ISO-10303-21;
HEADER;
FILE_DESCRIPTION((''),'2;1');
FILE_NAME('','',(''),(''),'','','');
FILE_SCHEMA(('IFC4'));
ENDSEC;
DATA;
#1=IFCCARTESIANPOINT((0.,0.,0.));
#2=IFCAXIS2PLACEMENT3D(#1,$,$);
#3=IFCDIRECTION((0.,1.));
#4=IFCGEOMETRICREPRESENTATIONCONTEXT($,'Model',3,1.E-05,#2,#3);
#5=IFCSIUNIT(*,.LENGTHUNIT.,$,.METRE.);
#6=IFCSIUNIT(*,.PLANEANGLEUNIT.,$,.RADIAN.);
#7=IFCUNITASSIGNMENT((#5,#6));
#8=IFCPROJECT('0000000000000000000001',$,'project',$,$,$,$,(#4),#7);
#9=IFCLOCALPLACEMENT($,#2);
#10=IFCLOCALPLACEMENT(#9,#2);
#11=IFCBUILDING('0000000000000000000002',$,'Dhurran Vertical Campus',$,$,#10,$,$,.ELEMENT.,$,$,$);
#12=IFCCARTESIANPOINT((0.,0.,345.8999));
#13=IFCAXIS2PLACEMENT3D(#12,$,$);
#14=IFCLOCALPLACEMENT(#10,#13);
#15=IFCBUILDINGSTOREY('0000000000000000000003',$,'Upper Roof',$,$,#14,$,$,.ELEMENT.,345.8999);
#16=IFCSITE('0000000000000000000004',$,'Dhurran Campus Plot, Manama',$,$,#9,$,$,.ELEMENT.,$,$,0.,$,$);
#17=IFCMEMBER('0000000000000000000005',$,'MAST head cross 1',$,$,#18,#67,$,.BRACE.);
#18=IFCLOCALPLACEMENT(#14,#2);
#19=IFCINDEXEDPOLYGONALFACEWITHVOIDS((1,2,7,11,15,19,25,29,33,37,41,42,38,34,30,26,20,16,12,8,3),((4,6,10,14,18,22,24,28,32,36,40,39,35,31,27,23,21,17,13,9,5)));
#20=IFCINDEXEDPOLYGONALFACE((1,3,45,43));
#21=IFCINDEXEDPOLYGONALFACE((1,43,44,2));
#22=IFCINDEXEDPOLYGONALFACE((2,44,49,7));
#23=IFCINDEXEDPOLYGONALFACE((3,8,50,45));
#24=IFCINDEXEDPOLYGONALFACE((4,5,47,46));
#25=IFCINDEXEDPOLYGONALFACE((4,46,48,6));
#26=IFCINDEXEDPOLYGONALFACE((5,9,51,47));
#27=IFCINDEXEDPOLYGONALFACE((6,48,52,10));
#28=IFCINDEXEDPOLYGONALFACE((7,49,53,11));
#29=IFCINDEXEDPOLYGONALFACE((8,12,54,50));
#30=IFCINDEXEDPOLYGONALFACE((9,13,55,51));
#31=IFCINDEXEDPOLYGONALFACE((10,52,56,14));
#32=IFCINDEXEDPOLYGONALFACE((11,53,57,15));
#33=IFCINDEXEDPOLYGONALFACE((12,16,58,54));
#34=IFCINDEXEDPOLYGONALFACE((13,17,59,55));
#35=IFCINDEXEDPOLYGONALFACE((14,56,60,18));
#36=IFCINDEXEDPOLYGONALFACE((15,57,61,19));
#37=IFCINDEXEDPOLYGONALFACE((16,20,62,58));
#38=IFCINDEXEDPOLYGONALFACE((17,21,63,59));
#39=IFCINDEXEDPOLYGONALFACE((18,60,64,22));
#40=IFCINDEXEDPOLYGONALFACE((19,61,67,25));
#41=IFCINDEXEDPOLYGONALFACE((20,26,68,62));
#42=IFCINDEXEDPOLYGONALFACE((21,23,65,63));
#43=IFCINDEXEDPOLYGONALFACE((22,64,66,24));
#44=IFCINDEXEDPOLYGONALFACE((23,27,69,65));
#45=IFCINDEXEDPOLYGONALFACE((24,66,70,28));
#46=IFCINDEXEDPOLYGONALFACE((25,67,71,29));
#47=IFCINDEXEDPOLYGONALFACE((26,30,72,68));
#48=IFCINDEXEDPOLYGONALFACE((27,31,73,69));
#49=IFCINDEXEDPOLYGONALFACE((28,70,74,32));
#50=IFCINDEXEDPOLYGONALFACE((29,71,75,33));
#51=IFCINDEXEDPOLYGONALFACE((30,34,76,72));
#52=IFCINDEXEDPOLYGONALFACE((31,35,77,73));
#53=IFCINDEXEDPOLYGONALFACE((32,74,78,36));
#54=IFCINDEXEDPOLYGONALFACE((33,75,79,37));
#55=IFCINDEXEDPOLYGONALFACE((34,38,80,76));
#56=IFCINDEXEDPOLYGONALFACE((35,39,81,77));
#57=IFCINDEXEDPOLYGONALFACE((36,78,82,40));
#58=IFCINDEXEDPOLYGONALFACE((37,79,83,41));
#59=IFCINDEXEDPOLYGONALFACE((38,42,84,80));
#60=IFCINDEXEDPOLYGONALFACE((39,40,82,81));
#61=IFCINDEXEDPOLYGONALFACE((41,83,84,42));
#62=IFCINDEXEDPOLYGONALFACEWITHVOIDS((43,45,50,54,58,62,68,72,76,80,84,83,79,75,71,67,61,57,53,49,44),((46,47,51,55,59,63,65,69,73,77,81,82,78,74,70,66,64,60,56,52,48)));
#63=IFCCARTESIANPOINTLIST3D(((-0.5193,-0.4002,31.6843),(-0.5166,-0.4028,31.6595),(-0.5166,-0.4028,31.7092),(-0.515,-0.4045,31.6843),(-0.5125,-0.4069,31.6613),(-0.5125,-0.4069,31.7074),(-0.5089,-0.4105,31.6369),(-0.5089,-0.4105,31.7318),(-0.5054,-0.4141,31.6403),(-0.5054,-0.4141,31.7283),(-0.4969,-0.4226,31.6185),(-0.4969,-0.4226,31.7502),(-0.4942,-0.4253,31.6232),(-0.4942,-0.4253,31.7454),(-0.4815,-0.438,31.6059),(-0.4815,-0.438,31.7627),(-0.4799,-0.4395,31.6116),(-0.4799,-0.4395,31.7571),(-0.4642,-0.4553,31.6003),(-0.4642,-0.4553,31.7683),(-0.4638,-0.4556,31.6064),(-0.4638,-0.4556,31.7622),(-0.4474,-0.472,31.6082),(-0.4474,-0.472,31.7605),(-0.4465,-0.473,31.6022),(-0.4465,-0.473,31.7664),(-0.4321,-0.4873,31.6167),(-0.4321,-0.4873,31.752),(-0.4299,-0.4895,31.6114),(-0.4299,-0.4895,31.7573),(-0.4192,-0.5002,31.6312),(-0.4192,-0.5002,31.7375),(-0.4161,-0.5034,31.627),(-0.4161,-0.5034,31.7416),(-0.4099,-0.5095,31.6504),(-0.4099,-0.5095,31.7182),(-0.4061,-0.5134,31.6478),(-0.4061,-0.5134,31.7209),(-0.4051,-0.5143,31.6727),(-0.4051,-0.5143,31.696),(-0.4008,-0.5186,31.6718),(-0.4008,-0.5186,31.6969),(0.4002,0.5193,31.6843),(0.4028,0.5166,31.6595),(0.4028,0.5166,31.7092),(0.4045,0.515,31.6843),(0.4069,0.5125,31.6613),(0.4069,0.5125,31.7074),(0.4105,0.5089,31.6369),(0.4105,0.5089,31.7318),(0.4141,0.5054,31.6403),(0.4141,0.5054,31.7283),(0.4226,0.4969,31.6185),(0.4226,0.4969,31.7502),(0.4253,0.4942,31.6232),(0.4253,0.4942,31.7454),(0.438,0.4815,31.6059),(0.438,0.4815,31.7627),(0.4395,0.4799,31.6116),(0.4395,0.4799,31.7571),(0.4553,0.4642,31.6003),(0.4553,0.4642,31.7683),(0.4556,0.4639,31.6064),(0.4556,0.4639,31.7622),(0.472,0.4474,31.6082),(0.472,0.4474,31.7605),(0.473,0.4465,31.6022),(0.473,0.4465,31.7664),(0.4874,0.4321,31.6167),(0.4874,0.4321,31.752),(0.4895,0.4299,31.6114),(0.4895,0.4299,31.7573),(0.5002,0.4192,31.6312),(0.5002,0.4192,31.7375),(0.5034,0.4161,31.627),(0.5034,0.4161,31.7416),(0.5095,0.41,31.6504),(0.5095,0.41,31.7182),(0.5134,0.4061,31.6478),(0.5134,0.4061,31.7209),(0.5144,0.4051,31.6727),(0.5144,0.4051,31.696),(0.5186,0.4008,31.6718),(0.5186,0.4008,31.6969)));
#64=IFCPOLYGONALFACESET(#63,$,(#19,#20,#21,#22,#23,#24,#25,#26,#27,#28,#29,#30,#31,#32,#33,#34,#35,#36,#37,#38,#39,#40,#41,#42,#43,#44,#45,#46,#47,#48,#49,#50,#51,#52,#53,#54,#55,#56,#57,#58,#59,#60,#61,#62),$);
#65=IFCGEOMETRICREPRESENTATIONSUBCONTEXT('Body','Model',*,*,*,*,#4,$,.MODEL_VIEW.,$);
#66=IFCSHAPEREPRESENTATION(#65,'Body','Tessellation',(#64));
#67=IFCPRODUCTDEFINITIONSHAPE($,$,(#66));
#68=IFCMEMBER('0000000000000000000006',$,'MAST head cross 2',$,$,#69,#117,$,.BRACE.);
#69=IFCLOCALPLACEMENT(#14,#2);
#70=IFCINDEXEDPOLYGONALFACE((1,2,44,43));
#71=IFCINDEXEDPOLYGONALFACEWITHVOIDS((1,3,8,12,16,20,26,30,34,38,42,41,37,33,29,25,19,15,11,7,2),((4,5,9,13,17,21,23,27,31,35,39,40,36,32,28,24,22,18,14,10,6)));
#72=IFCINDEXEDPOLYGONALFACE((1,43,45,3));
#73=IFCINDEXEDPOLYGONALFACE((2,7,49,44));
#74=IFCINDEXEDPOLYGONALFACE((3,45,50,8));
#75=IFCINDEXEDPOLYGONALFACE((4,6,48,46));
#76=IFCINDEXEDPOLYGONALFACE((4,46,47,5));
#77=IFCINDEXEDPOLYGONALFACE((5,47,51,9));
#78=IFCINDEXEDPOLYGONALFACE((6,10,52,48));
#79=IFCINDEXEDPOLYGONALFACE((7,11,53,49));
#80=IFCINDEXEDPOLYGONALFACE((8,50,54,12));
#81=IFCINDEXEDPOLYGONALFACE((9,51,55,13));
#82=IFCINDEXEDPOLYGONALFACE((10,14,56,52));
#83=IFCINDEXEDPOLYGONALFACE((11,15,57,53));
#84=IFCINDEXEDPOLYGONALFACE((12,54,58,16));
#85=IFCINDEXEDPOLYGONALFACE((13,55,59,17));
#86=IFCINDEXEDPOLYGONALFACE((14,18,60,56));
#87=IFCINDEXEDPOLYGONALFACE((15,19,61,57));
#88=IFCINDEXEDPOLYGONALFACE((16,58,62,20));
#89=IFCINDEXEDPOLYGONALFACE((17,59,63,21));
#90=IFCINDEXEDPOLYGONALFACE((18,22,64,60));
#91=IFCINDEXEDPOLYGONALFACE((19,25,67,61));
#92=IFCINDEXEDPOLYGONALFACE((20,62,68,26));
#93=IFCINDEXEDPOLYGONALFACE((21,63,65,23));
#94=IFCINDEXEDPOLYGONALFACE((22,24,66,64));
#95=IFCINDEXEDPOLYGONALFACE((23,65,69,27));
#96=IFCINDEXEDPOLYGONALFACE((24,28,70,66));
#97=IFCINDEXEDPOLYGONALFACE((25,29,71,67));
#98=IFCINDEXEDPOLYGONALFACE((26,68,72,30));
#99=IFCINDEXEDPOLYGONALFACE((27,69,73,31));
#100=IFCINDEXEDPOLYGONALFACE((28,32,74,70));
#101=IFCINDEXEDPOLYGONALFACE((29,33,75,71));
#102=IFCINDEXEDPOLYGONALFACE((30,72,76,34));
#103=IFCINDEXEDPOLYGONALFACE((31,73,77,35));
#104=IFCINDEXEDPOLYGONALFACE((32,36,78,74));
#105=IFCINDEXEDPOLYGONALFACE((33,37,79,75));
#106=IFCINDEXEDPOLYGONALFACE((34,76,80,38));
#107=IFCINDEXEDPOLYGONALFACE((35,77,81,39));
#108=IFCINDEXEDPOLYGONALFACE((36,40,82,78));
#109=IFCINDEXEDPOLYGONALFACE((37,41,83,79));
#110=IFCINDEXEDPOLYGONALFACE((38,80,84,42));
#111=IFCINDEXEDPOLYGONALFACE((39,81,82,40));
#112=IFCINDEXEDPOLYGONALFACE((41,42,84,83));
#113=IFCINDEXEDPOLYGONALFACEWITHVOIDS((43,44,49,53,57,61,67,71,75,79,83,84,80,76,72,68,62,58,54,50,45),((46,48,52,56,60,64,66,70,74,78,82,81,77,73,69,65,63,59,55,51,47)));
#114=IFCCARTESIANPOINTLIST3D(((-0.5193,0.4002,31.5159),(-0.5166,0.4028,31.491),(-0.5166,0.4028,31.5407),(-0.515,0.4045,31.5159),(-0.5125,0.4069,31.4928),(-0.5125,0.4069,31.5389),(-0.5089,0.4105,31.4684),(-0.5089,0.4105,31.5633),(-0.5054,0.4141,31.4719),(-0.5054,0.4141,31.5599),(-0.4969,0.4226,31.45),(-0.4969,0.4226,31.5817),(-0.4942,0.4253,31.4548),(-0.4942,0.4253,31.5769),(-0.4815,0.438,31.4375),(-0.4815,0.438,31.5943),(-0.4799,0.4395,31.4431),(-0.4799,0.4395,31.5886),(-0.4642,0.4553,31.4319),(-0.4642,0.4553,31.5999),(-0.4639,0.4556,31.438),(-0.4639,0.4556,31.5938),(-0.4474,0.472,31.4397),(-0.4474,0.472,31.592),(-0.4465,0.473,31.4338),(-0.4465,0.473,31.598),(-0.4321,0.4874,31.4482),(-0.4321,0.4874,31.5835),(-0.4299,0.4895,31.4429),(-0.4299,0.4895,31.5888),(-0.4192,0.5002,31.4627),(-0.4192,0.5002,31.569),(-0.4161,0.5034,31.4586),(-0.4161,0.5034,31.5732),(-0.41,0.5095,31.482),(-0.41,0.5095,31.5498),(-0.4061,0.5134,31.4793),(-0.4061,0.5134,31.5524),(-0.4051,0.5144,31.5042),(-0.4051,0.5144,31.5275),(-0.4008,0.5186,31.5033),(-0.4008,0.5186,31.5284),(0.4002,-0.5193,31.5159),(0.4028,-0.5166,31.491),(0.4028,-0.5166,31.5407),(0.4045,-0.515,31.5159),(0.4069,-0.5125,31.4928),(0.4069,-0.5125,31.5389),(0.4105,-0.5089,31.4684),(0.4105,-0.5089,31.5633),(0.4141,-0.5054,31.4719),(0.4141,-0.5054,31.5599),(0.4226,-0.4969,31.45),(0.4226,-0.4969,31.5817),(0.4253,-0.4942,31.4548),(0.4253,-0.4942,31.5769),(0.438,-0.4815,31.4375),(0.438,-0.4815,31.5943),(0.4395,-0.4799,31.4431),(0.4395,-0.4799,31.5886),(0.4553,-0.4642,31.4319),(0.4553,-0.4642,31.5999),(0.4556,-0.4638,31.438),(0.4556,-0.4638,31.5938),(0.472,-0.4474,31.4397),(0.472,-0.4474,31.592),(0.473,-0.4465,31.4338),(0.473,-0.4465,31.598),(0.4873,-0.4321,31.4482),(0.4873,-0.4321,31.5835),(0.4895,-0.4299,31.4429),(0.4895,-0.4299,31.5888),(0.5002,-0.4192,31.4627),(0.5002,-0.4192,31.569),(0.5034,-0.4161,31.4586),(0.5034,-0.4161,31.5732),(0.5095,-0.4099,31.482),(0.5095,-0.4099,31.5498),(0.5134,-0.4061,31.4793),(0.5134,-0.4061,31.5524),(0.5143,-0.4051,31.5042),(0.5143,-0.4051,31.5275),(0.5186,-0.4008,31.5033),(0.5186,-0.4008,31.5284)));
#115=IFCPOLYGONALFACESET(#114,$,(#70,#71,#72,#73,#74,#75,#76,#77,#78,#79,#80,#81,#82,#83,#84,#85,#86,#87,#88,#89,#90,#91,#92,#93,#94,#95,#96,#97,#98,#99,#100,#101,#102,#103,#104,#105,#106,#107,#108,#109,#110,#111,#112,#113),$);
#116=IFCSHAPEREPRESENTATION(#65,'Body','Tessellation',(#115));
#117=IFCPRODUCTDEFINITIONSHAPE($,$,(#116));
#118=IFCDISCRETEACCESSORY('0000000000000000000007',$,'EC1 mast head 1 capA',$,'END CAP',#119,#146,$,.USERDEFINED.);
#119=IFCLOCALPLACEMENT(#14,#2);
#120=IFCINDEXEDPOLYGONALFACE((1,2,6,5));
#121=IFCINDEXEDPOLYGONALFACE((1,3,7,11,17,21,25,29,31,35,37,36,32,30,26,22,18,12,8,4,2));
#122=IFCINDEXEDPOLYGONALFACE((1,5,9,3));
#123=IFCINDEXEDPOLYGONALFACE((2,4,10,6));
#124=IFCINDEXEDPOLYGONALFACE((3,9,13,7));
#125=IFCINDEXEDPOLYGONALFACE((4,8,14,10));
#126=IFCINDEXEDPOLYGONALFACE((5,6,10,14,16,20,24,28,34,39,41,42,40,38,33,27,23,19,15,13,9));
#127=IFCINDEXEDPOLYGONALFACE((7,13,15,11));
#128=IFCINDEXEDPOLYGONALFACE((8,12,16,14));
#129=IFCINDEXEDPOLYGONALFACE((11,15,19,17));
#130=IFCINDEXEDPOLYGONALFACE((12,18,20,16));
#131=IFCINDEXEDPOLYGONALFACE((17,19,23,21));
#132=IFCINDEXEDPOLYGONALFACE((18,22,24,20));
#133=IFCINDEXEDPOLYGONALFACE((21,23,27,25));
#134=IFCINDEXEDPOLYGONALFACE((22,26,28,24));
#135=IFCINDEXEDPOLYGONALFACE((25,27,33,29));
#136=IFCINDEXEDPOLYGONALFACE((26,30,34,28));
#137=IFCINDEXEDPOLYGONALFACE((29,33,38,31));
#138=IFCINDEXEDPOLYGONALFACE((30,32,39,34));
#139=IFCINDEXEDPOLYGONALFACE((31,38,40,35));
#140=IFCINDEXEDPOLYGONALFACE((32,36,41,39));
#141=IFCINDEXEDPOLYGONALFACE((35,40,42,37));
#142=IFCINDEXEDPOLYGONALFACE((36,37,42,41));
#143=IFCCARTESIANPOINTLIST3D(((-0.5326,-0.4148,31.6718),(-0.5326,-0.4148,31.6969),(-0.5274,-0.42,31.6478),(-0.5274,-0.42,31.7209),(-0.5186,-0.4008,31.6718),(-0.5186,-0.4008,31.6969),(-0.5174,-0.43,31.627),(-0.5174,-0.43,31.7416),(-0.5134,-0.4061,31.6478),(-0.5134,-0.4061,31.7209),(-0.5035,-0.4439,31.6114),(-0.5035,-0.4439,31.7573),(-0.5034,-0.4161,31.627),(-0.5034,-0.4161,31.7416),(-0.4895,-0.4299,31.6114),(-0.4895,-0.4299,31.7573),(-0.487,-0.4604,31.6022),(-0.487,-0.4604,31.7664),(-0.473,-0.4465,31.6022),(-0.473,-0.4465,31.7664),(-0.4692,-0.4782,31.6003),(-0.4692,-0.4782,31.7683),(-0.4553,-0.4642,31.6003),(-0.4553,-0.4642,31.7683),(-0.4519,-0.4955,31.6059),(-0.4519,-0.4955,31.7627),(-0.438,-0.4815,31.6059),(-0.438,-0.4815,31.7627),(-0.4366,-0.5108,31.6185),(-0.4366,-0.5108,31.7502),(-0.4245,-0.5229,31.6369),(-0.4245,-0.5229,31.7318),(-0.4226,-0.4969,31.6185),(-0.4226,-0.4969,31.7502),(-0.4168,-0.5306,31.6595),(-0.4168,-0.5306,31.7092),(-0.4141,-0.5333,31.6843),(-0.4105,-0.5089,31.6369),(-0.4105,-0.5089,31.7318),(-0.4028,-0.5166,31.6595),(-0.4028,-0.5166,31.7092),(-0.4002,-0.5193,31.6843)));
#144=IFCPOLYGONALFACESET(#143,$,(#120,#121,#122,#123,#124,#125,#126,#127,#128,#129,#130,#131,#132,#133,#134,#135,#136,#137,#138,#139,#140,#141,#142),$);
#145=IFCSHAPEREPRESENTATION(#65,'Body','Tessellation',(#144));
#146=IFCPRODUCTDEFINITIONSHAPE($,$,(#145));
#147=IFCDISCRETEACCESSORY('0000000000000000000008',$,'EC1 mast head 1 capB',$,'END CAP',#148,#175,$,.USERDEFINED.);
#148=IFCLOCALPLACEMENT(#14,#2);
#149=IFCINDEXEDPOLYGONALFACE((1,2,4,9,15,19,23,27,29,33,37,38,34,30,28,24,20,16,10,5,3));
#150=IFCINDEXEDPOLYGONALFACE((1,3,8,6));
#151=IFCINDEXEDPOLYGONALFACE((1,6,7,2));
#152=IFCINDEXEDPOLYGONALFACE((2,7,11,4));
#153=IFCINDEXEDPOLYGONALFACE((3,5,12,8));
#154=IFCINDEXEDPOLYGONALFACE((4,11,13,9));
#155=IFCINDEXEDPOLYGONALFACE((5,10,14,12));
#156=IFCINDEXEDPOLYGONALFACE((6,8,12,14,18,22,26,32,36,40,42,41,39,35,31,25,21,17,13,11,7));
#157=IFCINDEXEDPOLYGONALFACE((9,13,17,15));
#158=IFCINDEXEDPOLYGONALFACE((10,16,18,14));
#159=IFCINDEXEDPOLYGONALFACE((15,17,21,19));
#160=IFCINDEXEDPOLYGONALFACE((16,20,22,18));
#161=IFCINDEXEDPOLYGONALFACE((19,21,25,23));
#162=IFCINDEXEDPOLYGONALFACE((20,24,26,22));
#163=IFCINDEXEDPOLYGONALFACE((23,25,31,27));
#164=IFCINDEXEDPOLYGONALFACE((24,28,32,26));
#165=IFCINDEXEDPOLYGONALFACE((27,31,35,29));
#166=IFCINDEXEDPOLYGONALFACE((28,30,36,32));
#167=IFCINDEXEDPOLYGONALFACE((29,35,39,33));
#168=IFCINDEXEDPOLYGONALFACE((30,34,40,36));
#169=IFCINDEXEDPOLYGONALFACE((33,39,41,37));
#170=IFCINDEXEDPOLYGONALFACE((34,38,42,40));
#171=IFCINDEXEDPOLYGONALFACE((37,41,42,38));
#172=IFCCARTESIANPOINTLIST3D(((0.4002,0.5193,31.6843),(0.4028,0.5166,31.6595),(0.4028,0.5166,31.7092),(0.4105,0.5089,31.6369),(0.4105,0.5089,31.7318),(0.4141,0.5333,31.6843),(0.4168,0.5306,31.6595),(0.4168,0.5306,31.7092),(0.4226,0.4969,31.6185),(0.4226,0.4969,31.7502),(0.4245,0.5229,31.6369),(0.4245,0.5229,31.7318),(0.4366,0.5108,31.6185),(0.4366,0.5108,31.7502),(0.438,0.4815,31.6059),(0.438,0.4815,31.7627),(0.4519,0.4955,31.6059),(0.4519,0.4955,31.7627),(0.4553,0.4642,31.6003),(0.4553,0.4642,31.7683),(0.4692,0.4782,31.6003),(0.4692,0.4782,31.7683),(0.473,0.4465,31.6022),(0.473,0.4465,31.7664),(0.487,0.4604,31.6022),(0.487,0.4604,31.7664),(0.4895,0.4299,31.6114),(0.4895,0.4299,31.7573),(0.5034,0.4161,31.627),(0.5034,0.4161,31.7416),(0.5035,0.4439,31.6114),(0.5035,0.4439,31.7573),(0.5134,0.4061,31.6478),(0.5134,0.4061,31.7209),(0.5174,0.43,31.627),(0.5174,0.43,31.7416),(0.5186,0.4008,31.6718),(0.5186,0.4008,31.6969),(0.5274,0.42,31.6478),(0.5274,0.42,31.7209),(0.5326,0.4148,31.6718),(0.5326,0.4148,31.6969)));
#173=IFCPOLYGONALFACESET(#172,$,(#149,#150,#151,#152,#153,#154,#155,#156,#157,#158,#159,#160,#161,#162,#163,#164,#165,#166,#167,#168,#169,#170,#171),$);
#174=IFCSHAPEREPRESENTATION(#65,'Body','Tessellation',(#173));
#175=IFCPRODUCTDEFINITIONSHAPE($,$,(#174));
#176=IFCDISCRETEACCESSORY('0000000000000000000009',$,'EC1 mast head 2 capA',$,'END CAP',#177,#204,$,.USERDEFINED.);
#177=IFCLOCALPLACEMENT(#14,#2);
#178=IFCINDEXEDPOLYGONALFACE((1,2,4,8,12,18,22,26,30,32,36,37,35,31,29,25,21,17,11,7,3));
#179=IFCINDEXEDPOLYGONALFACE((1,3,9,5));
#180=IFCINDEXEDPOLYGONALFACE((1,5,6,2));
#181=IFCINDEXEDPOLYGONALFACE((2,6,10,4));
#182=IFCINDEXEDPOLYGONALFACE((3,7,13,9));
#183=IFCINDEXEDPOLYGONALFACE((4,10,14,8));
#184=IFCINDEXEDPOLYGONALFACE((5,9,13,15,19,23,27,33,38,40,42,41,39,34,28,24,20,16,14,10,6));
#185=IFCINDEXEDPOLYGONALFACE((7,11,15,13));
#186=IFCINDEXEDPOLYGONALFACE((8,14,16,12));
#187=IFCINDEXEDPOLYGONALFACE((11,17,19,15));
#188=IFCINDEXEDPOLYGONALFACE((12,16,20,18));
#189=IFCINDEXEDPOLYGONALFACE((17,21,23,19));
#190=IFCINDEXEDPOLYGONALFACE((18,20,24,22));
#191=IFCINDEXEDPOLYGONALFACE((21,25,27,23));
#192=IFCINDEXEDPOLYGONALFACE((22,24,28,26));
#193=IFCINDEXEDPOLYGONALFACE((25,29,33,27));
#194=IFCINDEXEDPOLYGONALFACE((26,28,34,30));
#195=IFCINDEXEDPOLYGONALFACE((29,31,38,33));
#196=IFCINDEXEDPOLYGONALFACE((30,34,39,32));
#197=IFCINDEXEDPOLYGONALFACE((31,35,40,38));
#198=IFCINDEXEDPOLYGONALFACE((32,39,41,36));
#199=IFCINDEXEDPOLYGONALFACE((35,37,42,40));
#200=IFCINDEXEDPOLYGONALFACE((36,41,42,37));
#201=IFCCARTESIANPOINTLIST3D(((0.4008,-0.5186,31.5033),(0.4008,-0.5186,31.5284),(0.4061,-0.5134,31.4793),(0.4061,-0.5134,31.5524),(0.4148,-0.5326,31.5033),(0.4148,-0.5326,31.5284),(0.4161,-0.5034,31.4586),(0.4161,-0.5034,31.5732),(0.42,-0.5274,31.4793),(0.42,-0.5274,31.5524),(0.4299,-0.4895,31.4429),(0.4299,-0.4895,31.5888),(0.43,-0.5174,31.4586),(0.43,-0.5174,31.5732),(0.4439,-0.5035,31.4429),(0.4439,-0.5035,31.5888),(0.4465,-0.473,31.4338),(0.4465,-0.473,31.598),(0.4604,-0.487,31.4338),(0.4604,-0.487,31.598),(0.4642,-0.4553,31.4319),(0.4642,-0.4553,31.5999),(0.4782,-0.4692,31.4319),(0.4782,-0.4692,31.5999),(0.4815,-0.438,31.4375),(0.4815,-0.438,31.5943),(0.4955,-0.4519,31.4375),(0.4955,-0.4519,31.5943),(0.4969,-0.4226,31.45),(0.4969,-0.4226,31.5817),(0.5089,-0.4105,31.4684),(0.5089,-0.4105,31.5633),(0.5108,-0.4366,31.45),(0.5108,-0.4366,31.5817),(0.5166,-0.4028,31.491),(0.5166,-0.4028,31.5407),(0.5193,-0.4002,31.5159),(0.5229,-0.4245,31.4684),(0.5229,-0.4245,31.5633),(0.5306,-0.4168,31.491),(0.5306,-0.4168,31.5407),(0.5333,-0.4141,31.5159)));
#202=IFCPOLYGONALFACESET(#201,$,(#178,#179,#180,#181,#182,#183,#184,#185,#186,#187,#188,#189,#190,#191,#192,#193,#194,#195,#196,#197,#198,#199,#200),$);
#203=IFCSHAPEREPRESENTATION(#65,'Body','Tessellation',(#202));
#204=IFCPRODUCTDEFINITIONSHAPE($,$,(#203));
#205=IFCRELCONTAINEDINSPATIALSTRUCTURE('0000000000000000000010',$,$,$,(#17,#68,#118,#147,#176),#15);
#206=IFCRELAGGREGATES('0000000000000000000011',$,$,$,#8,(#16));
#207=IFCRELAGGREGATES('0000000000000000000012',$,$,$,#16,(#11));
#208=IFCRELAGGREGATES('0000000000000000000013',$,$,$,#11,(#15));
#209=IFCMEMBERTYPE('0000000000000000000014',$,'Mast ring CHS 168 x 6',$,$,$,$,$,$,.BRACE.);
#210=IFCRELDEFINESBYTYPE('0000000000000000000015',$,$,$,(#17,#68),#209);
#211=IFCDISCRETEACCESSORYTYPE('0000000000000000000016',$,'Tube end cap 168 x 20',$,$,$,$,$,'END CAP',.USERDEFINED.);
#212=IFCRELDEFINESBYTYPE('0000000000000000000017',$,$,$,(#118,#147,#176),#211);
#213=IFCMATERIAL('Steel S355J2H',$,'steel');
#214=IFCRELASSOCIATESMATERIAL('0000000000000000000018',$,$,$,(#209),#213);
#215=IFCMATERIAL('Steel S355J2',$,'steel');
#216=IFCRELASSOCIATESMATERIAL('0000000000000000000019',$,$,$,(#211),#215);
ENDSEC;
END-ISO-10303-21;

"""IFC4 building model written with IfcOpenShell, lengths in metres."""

from ifc_helpers import new_model, si_unit, direction, frame, origin, origin_2d, place, context, subcontext, project, spatial, circle, hollow_circle, extrude, material, material_profile, profile_set, type_object, element, save


model = new_model("IFC4")

# Units and contexts
model_context = context("Model", 3, precision=1e-05, world=origin(), true_north=direction((0.0, 1.0)))
body_context = subcontext(model_context, "Body", "Model", "MODEL_VIEW")
ifc_project = project(units=[si_unit("LENGTHUNIT", "METRE"), si_unit("PLANEANGLEUNIT", "RADIAN")], contexts=[model_context])

# Site, building, storey
site_placement = place(None, origin())
site = spatial("IfcSite", under=ifc_project, at=site_placement, Name="Dhurran Campus Plot, Manama", CompositionType="ELEMENT", RefElevation=0.0)
building_placement = place(site_placement, origin())
building = spatial("IfcBuilding", under=site, at=building_placement, Name="Dhurran Vertical Campus", CompositionType="ELEMENT")
storey_placement = place(building_placement, frame((0.0, 0.0, 345.8999)))
storey = spatial("IfcBuildingStorey", under=building, at=storey_placement, Name="Upper Roof", CompositionType="ELEMENT", Elevation=345.8999)

# Members
ifc_material_1 = material(Name="Steel S355J2H", Category="steel")
ifc_material_profile_1 = material_profile(ifc_material_1, hollow_circle(Radius=0.0842, WallThickness=0.0061, at=origin_2d()), Name="CHS168x6")
ifc_profile_set_1 = profile_set([ifc_material_profile_1], Name="Steel S355J2H")
member_type_1 = type_object("IfcMemberType", Name="Mast ring CHS 168 x 6", PredefinedType="BRACE", material=ifc_profile_set_1)
for number, where, z_axis, x_axis, name in (
    (1, (-0.4597, -0.4597, 31.6843), (0.707107, 0.707107, 0.0), (-0.707107, 0.707107, 0.0), "MAST head cross 1"),
    (2, (0.4597, -0.4597, 31.5159), (-0.707107, 0.707107, 0.0), (-0.707107, -0.707107, 0.0), "MAST head cross 2"),
):
    element("IfcMember", number, at=place(storey_placement, frame(where, z_axis=z_axis, x_axis=x_axis)), inside=storey, type_object=member_type_1, Name=name, PredefinedType="BRACE", context=body_context, shape_type="SweptSolid", body=[
        extrude(hollow_circle(Radius=0.0842, WallThickness=0.0061, at=origin_2d()), origin(), (0.0, 0.0, 1.0), 1.3003),
    ])

# Discrete accessories
ifc_material_2 = material(Name="Steel S355J2", Category="steel")
ifc_material_profile_2 = material_profile(ifc_material_2, circle(Radius=0.0842, at=origin_2d()), Name="Tube end cap 168 x 20")
ifc_profile_set_2 = profile_set([ifc_material_profile_2], Name="Steel S355J2")
discrete_accessory_type_1 = type_object("IfcDiscreteAccessoryType", Name="Tube end cap 168 x 20", ElementType="END CAP", PredefinedType="USERDEFINED", material=ifc_profile_set_2)
for number, where, z_axis, x_axis, name in (
    (3, (-0.4597, -0.4597, 31.6843), (-0.707107, -0.707107, 0.0), (0.707107, -0.707107, 0.0), "EC1 mast head 1 capA"),
    (4, (0.4597, 0.4597, 31.6843), (0.707107, 0.707107, 0.0), (-0.707107, 0.707107, 0.0), "EC1 mast head 1 capB"),
    (5, (0.4597, -0.4597, 31.5159), (0.707107, -0.707107, 0.0), (0.707107, 0.707107, 0.0), "EC1 mast head 2 capA"),
):
    element("IfcDiscreteAccessory", number, at=place(storey_placement, frame(where, z_axis=z_axis, x_axis=x_axis)), inside=storey, type_object=discrete_accessory_type_1, Name=name, ObjectType="END CAP", PredefinedType="USERDEFINED", context=body_context, shape_type="SweptSolid", body=[
        extrude(circle(Radius=0.0842, at=origin_2d()), origin(), (0.0, 0.0, 1.0), 0.0198),
    ])

save(model, "model.ifc")
